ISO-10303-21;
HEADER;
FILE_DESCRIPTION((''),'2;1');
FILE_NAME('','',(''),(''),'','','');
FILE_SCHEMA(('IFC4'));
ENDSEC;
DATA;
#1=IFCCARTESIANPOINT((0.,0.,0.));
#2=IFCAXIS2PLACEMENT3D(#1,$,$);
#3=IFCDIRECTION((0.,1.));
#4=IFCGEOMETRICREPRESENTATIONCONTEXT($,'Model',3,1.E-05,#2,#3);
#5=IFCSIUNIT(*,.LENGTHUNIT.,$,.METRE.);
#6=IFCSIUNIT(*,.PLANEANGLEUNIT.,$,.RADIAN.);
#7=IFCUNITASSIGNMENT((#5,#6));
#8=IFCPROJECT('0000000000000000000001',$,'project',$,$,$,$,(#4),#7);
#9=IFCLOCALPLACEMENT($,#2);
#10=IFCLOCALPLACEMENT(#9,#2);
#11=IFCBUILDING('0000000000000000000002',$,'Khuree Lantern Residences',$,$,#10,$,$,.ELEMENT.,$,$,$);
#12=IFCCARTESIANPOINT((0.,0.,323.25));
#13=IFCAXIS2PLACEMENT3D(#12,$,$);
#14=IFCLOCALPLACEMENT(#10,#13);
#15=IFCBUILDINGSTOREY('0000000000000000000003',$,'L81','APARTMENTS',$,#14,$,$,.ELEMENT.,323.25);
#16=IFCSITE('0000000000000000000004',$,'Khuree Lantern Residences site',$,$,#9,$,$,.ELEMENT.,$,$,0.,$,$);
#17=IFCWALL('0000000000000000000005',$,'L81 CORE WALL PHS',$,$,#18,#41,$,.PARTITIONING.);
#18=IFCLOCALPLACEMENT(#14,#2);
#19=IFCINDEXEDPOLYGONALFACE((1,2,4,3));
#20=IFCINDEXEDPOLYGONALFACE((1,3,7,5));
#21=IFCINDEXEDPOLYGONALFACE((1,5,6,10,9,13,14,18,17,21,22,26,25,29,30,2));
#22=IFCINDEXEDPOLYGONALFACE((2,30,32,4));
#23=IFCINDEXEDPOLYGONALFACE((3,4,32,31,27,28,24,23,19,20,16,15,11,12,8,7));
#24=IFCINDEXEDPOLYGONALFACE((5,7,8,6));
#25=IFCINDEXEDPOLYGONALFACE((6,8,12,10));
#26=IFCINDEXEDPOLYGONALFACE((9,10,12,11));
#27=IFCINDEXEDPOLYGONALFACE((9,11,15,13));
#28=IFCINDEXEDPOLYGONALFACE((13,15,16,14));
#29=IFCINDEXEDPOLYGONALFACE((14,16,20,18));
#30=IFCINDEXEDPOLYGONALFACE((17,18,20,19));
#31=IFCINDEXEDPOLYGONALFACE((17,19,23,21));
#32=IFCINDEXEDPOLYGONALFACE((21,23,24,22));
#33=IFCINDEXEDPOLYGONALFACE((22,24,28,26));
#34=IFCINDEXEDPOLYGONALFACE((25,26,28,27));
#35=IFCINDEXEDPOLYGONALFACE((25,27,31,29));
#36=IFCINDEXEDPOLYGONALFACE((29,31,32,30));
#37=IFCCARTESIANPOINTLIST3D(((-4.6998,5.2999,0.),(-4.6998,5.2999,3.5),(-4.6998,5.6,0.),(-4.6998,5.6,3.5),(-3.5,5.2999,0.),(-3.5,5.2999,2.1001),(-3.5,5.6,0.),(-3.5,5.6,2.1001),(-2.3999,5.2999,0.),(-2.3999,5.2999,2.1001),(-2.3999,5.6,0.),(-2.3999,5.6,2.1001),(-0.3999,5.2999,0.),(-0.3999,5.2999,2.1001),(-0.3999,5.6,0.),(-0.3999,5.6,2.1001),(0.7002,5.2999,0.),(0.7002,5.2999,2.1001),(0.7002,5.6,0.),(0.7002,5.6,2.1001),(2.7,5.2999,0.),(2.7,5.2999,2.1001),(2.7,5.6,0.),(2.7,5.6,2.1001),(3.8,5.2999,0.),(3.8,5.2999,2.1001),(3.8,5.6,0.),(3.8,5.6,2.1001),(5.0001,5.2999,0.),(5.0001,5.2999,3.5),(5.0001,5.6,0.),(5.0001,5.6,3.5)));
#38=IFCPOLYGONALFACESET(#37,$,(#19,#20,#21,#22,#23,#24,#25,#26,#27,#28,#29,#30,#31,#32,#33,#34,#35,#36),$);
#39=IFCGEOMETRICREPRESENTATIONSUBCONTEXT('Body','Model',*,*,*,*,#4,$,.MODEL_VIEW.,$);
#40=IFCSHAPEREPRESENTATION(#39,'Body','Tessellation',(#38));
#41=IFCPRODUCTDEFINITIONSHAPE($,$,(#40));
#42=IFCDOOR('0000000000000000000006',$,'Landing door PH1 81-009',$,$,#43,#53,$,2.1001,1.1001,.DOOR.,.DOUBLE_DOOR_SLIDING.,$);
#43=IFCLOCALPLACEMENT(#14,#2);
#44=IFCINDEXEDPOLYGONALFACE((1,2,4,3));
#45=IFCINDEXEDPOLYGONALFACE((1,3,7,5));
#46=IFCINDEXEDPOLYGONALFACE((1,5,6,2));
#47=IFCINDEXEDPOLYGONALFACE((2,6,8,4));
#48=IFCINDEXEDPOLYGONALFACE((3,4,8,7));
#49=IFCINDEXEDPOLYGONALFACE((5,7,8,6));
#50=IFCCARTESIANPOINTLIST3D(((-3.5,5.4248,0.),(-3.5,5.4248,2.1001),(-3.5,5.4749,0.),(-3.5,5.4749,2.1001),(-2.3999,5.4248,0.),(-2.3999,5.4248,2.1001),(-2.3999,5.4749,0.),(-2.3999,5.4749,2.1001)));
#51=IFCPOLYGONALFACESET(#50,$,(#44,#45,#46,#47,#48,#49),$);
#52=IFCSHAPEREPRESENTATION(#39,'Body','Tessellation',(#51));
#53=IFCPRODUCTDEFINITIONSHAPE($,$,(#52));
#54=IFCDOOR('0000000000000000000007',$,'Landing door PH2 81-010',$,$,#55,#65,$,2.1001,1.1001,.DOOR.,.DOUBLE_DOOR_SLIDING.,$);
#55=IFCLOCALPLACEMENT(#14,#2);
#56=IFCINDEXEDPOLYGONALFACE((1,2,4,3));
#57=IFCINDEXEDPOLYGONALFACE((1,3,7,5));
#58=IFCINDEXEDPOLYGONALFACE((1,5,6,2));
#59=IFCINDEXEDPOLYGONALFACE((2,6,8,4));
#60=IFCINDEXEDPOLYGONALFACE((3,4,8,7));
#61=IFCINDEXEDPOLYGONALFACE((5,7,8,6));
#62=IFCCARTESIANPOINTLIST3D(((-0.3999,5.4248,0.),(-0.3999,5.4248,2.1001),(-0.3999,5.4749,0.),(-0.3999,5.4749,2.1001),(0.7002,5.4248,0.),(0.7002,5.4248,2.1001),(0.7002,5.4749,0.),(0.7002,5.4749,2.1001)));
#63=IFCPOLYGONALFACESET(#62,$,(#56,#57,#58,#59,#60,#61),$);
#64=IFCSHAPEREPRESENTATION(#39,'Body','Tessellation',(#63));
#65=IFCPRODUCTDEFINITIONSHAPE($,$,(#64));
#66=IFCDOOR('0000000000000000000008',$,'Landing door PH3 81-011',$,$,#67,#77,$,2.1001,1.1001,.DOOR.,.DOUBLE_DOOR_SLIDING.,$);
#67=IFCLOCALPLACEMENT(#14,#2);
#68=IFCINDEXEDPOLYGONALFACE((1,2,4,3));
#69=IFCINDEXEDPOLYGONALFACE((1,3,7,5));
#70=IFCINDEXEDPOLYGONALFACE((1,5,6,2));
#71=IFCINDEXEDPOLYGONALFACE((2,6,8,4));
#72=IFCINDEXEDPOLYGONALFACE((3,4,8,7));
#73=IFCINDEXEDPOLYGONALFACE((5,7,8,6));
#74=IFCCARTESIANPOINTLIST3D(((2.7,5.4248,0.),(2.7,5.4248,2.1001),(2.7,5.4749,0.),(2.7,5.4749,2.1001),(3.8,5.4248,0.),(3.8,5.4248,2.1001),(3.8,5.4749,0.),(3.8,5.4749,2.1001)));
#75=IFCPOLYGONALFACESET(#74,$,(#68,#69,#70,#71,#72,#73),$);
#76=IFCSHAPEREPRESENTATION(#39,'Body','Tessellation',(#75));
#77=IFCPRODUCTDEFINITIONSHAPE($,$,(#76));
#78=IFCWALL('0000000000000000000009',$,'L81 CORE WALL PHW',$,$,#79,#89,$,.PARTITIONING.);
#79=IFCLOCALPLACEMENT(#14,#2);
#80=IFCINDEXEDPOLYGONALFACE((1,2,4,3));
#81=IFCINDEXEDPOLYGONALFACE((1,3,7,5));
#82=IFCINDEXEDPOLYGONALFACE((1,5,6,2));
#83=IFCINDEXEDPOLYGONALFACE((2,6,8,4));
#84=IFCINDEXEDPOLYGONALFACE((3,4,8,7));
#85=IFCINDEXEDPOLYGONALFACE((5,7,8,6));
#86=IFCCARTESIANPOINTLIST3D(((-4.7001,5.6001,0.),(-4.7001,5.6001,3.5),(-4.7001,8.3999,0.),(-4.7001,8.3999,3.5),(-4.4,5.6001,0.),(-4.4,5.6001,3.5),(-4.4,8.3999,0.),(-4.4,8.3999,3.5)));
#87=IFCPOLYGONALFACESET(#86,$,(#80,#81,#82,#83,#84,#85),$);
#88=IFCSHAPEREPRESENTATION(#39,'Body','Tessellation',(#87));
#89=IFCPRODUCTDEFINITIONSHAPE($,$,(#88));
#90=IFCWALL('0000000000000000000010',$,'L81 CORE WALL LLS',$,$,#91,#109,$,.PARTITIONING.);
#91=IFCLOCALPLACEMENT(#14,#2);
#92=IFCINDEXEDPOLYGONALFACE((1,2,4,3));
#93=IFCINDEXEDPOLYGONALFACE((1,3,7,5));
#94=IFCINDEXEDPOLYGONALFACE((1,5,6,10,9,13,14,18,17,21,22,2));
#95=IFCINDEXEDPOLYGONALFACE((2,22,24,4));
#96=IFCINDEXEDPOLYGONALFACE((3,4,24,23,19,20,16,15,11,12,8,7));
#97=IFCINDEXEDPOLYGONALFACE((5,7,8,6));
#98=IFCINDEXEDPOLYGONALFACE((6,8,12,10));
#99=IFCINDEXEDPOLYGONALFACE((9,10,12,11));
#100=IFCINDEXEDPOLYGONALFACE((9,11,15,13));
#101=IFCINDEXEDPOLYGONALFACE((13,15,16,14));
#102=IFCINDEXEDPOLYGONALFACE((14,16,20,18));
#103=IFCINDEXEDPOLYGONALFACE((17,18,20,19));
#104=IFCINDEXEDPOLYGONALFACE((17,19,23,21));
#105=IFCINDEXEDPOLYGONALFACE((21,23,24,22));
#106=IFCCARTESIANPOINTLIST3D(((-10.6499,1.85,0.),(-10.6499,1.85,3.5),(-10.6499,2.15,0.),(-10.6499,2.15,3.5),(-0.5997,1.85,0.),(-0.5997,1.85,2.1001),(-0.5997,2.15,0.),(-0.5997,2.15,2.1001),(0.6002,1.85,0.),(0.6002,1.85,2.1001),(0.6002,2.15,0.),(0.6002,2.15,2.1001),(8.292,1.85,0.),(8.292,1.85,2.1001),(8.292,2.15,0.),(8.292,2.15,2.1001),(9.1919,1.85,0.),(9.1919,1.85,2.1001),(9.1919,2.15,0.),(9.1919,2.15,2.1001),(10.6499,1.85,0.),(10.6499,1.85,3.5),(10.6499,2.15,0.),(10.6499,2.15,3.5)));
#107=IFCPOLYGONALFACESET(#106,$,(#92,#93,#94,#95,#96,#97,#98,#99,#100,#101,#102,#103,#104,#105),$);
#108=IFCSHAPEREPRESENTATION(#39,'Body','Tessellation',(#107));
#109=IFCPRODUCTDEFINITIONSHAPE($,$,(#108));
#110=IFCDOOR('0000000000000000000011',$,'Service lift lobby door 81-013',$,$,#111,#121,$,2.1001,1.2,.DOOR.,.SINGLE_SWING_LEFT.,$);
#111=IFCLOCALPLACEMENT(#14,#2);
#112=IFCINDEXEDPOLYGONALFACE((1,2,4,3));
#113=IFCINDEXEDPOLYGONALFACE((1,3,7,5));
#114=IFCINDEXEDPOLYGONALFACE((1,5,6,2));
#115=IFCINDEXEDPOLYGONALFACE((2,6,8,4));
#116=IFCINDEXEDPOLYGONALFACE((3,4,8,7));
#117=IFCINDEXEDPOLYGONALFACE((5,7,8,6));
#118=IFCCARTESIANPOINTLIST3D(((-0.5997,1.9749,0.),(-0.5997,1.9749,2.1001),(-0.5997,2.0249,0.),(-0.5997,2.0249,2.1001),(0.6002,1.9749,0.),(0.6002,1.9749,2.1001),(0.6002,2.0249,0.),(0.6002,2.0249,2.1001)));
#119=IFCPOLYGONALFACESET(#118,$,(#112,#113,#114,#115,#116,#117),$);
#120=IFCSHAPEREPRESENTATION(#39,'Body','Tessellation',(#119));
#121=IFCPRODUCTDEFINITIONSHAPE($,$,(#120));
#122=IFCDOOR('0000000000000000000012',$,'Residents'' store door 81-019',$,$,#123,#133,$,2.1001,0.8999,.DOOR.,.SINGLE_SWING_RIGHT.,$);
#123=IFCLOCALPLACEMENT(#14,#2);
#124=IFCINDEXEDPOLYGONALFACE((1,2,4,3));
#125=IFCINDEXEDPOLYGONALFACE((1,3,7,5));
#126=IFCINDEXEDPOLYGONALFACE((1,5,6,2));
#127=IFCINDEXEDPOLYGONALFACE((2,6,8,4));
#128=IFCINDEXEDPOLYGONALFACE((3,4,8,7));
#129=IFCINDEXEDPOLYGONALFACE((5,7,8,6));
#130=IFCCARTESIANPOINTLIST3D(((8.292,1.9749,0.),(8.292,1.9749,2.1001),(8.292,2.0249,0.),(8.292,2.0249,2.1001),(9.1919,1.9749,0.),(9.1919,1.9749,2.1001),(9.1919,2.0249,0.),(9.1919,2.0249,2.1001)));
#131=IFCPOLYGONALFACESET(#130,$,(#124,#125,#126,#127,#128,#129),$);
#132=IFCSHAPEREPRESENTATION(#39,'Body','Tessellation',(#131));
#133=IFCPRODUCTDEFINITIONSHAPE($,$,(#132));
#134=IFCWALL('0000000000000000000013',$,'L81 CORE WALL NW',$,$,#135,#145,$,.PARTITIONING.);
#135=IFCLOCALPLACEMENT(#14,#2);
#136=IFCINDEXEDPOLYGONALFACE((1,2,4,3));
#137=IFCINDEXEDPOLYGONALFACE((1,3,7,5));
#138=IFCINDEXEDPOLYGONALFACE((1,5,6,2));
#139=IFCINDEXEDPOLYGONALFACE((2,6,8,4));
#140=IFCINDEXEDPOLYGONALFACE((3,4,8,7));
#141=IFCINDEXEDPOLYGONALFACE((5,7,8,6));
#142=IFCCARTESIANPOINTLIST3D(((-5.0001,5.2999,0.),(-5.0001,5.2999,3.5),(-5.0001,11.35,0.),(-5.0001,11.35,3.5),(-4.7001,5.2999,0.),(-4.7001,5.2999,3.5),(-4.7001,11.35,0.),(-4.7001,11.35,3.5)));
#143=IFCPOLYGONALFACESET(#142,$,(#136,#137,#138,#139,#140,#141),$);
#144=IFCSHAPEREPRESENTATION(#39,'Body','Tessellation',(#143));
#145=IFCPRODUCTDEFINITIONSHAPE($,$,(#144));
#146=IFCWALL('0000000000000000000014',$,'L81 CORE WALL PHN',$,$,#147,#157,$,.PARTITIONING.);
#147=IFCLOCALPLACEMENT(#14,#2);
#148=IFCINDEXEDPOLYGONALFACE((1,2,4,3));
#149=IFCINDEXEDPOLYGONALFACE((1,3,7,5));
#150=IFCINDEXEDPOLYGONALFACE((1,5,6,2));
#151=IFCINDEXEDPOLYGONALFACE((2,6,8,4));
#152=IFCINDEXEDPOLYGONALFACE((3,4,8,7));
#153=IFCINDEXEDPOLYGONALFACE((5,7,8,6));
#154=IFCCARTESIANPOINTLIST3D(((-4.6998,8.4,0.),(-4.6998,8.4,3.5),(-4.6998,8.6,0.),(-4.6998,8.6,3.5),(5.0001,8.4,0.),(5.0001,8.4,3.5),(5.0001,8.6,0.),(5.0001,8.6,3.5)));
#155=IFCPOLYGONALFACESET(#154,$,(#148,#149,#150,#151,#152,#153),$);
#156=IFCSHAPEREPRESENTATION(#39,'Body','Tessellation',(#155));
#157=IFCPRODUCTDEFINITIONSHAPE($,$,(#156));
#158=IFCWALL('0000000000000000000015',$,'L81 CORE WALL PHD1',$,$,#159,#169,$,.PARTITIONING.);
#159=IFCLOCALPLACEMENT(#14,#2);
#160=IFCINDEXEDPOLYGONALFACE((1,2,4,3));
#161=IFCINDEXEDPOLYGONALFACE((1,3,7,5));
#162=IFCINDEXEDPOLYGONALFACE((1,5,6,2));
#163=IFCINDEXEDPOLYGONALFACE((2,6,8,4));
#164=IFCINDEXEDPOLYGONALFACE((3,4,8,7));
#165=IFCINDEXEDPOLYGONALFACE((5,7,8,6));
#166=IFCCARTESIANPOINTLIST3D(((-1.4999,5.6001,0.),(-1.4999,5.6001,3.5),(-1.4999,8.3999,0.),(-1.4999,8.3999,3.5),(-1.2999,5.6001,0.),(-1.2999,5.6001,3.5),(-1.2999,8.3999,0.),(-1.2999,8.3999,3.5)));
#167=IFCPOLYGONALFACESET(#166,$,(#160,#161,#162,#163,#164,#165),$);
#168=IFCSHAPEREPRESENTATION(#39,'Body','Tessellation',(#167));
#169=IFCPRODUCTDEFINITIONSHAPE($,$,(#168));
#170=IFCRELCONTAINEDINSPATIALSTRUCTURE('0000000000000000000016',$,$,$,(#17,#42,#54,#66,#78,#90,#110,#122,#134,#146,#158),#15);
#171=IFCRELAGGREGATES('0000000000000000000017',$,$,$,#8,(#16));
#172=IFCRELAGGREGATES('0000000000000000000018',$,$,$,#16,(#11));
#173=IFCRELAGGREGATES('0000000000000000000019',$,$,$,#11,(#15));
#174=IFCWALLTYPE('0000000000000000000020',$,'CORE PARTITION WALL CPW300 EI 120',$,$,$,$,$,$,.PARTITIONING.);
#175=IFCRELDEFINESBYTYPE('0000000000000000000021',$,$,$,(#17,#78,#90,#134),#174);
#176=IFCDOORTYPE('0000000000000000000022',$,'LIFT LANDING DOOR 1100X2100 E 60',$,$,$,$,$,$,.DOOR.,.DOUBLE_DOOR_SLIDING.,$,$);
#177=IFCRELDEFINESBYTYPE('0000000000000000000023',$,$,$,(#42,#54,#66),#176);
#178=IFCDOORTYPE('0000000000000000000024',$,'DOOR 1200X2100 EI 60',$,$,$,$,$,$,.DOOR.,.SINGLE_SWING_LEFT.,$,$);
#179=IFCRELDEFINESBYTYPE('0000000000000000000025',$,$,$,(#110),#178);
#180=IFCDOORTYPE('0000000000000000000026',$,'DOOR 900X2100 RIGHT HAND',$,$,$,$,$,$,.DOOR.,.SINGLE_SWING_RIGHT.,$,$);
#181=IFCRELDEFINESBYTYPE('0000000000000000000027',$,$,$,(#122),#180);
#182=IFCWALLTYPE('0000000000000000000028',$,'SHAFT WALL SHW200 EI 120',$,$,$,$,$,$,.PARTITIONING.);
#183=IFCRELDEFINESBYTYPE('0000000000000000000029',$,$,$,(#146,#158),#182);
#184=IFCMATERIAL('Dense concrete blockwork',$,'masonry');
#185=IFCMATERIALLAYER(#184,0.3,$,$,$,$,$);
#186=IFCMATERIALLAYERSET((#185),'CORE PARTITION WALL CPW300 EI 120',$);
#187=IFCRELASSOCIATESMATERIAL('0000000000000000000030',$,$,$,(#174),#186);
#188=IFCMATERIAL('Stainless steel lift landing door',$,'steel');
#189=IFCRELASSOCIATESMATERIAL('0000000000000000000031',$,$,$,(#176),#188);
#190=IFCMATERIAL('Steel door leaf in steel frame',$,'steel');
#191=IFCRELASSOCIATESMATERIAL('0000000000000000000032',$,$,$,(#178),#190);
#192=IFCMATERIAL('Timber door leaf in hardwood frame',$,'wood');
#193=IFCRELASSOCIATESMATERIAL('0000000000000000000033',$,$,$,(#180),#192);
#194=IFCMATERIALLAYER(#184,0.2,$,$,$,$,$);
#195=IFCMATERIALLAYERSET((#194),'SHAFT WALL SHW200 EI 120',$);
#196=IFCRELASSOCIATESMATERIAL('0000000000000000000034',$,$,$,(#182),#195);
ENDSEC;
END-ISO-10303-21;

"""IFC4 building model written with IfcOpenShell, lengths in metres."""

from ifc_helpers import new_model, si_unit, direction, frame, frame_2d, origin, place, context, subcontext, project, spatial, rectangle, extrude, material, layer, layer_set, type_object, element, fill, save


model = new_model("IFC4")

# Units and contexts
model_context = context("Model", 3, precision=1e-05, world=origin(), true_north=direction((0.0, 1.0)))
body_context = subcontext(model_context, "Body", "Model", "MODEL_VIEW")
ifc_project = project(units=[si_unit("LENGTHUNIT", "METRE"), si_unit("PLANEANGLEUNIT", "RADIAN")], contexts=[model_context])

# Site, building, storey
site_placement = place(None, origin())
site = spatial("IfcSite", under=ifc_project, at=site_placement, Name="Khuree Lantern Residences site", CompositionType="ELEMENT", RefElevation=0.0)
building_placement = place(site_placement, origin())
building = spatial("IfcBuilding", under=site, at=building_placement, Name="Khuree Lantern Residences", CompositionType="ELEMENT")
storey_placement = place(building_placement, frame((0.0, 0.0, 323.25)))
storey = spatial("IfcBuildingStorey", under=building, at=storey_placement, Name="L81", Description="APARTMENTS", CompositionType="ELEMENT", Elevation=323.25)

# Wall, openings, doors
ifc_material_1 = material(Name="Dense concrete blockwork", Category="masonry")
ifc_layer_1 = layer(ifc_material_1, 0.3)
ifc_layer_set_1 = layer_set([ifc_layer_1], Name="CORE PARTITION WALL CPW300 EI 120")
wall_type_1 = type_object("IfcWallType", Name="CORE PARTITION WALL CPW300 EI 120", PredefinedType="PARTITIONING", material=ifc_layer_set_1)
wall_1_placement = place(storey_placement, frame((-4.7, 5.45, 0.0), z_axis=(0.0, 0.0, 1.0), x_axis=(1.0, 0.0, 0.0)))
wall_1 = element("IfcWall", 1, at=wall_1_placement, inside=storey, type_object=wall_type_1, Name="L81 CORE WALL PHS", PredefinedType="PARTITIONING", context=body_context, shape_type="SweptSolid", body=[
    extrude(rectangle(XDim=9.7, YDim=0.3, at=frame_2d((4.8501, 0.0))), origin(), (0.0, 0.0, 1.0), 3.5),
])
opening_1_placement = place(wall_1_placement, frame((1.2, 0.0, 0.0)))
opening_1 = element("IfcOpeningElement", 2, at=opening_1_placement, cuts=wall_1, PredefinedType="OPENING", context=body_context, shape_type="SweptSolid", body=[
    extrude(rectangle(XDim=1.1001, YDim=2.1001, at=frame_2d((0.55, 1.05))), frame((0.0, 0.1602, 0.0), z_axis=(0.0, -1.0, 0.0), x_axis=(1.0, 0.0, 0.0)), (0.0, 0.0, 1.0), 0.3201),
])
opening_2_placement = place(wall_1_placement, frame((4.3, 0.0, 0.0)))
opening_2 = element("IfcOpeningElement", 3, at=opening_2_placement, cuts=wall_1, PredefinedType="OPENING", context=body_context, shape_type="SweptSolid", body=[
    extrude(rectangle(XDim=1.1001, YDim=2.1001, at=frame_2d((0.55, 1.05))), frame((0.0, 0.1602, 0.0), z_axis=(0.0, -1.0, 0.0), x_axis=(1.0, 0.0, 0.0)), (0.0, 0.0, 1.0), 0.3201),
])
opening_3_placement = place(wall_1_placement, frame((7.3999, 0.0, 0.0)))
opening_3 = element("IfcOpeningElement", 4, at=opening_3_placement, cuts=wall_1, PredefinedType="OPENING", context=body_context, shape_type="SweptSolid", body=[
    extrude(rectangle(XDim=1.1001, YDim=2.1001, at=frame_2d((0.55, 1.05))), frame((0.0, 0.1602, 0.0), z_axis=(0.0, -1.0, 0.0), x_axis=(1.0, 0.0, 0.0)), (0.0, 0.0, 1.0), 0.3201),
])
ifc_material_2 = material(Name="Stainless steel lift landing door", Category="steel")
door_type_1 = type_object("IfcDoorType", Name="LIFT LANDING DOOR 1100X2100 E 60", OperationType="DOUBLE_DOOR_SLIDING", PredefinedType="DOOR", material=ifc_material_2)
door_1_placement = place(opening_1_placement, origin())
door_1 = element("IfcDoor", 5, at=door_1_placement, inside=storey, type_object=door_type_1, Name="Landing door PH1 81-009", OperationType="DOUBLE_DOOR_SLIDING", OverallHeight=2.1001, OverallWidth=1.1001, PredefinedType="DOOR", context=body_context, shape_type="SweptSolid", body=[
    extrude(rectangle(XDim=1.1001, YDim=2.1001, at=frame_2d((0.55, 1.05))), frame((0.0, 0.0249, 0.0), z_axis=(0.0, -1.0, 0.0), x_axis=(1.0, 0.0, 0.0)), (0.0, 0.0, 1.0), 0.05),
])
fill(opening_1, door_1)
door_2_placement = place(opening_2_placement, origin())
door_2 = element("IfcDoor", 6, at=door_2_placement, inside=storey, type_object=door_type_1, Name="Landing door PH2 81-010", OperationType="DOUBLE_DOOR_SLIDING", OverallHeight=2.1001, OverallWidth=1.1001, PredefinedType="DOOR", context=body_context, shape_type="SweptSolid", body=[
    extrude(rectangle(XDim=1.1001, YDim=2.1001, at=frame_2d((0.55, 1.05))), frame((0.0, 0.0249, 0.0), z_axis=(0.0, -1.0, 0.0), x_axis=(1.0, 0.0, 0.0)), (0.0, 0.0, 1.0), 0.05),
])
fill(opening_2, door_2)
door_3_placement = place(opening_3_placement, origin())
door_3 = element("IfcDoor", 7, at=door_3_placement, inside=storey, type_object=door_type_1, Name="Landing door PH3 81-011", OperationType="DOUBLE_DOOR_SLIDING", OverallHeight=2.1001, OverallWidth=1.1001, PredefinedType="DOOR", context=body_context, shape_type="SweptSolid", body=[
    extrude(rectangle(XDim=1.1001, YDim=2.1001, at=frame_2d((0.55, 1.05))), frame((0.0, 0.0249, 0.0), z_axis=(0.0, -1.0, 0.0), x_axis=(1.0, 0.0, 0.0)), (0.0, 0.0, 1.0), 0.05),
])
fill(opening_3, door_3)

# Wall
wall_2_placement = place(storey_placement, frame((-4.55, 5.6001, 0.0), z_axis=(0.0, 0.0, 1.0), x_axis=(0.0, 1.0, 0.0)))
element("IfcWall", 8, at=wall_2_placement, inside=storey, type_object=wall_type_1, Name="L81 CORE WALL PHW", PredefinedType="PARTITIONING", context=body_context, shape_type="SweptSolid", body=[
    extrude(rectangle(XDim=2.7998, YDim=0.3, at=frame_2d((1.3999, 0.0))), origin(), (0.0, 0.0, 1.0), 3.5),
])

# Wall, openings, doors
wall_3_placement = place(storey_placement, frame((-10.6499, 2.0, 0.0), z_axis=(0.0, 0.0, 1.0), x_axis=(1.0, 0.0, 0.0)))
wall_3 = element("IfcWall", 9, at=wall_3_placement, inside=storey, type_object=wall_type_1, Name="L81 CORE WALL LLS", PredefinedType="PARTITIONING", context=body_context, shape_type="SweptSolid", body=[
    extrude(rectangle(XDim=21.2998, YDim=0.3, at=frame_2d((10.6499, 0.0))), origin(), (0.0, 0.0, 1.0), 3.5),
])
opening_4_placement = place(wall_3_placement, frame((10.05, 0.0, 0.0)))
opening_4 = element("IfcOpeningElement", 10, at=opening_4_placement, cuts=wall_3, PredefinedType="OPENING", context=body_context, shape_type="SweptSolid", body=[
    extrude(rectangle(XDim=1.2, YDim=2.1001, at=frame_2d((0.6001, 1.05))), frame((0.0, 0.1602, 0.0), z_axis=(0.0, -1.0, 0.0), x_axis=(1.0, 0.0, 0.0)), (0.0, 0.0, 1.0), 0.3201),
])
opening_5_placement = place(wall_3_placement, frame((18.9419, 0.0, 0.0)))
opening_5 = element("IfcOpeningElement", 11, at=opening_5_placement, cuts=wall_3, PredefinedType="OPENING", context=body_context, shape_type="SweptSolid", body=[
    extrude(rectangle(XDim=0.8999, YDim=2.1001, at=frame_2d((0.45, 1.05))), frame((0.0, 0.1602, 0.0), z_axis=(0.0, -1.0, 0.0), x_axis=(1.0, 0.0, 0.0)), (0.0, 0.0, 1.0), 0.3201),
])
ifc_material_3 = material(Name="Steel door leaf in steel frame", Category="steel")
door_type_2 = type_object("IfcDoorType", Name="DOOR 1200X2100 EI 60", OperationType="SINGLE_SWING_LEFT", PredefinedType="DOOR", material=ifc_material_3)
door_4_placement = place(opening_4_placement, origin())
door_4 = element("IfcDoor", 12, at=door_4_placement, inside=storey, type_object=door_type_2, Name="Service lift lobby door 81-013", OperationType="SINGLE_SWING_LEFT", OverallHeight=2.1001, OverallWidth=1.2, PredefinedType="DOOR", context=body_context, shape_type="SweptSolid", body=[
    extrude(rectangle(XDim=1.2, YDim=2.1001, at=frame_2d((0.6001, 1.05))), frame((0.0, 0.0249, 0.0), z_axis=(0.0, -1.0, 0.0), x_axis=(1.0, 0.0, 0.0)), (0.0, 0.0, 1.0), 0.05),
])
fill(opening_4, door_4)
ifc_material_4 = material(Name="Timber door leaf in hardwood frame", Category="wood")
door_type_3 = type_object("IfcDoorType", Name="DOOR 900X2100 RIGHT HAND", OperationType="SINGLE_SWING_RIGHT", PredefinedType="DOOR", material=ifc_material_4)
door_5_placement = place(opening_5_placement, origin())
door_5 = element("IfcDoor", 13, at=door_5_placement, inside=storey, type_object=door_type_3, Name="Residents' store door 81-019", OperationType="SINGLE_SWING_RIGHT", OverallHeight=2.1001, OverallWidth=0.8999, PredefinedType="DOOR", context=body_context, shape_type="SweptSolid", body=[
    extrude(rectangle(XDim=0.8999, YDim=2.1001, at=frame_2d((0.45, 1.05))), frame((0.0, 0.0249, 0.0), z_axis=(0.0, -1.0, 0.0), x_axis=(1.0, 0.0, 0.0)), (0.0, 0.0, 1.0), 0.05),
])
fill(opening_5, door_5)

# Walls
wall_4_placement = place(storey_placement, frame((-4.8501, 5.3, 0.0), z_axis=(0.0, 0.0, 1.0), x_axis=(0.0, 1.0, 0.0)))
element("IfcWall", 14, at=wall_4_placement, inside=storey, type_object=wall_type_1, Name="L81 CORE WALL NW", PredefinedType="PARTITIONING", context=body_context, shape_type="SweptSolid", body=[
    extrude(rectangle(XDim=6.05, YDim=0.3, at=frame_2d((3.0249, 0.0))), origin(), (0.0, 0.0, 1.0), 3.5),
])
ifc_layer_2 = layer(ifc_material_1, 0.2)
ifc_layer_set_2 = layer_set([ifc_layer_2], Name="SHAFT WALL SHW200 EI 120")
wall_type_2 = type_object("IfcWallType", Name="SHAFT WALL SHW200 EI 120", PredefinedType="PARTITIONING", material=ifc_layer_set_2)
wall_5_placement = place(storey_placement, frame((-4.7, 8.5, 0.0), z_axis=(0.0, 0.0, 1.0), x_axis=(1.0, 0.0, 0.0)))
element("IfcWall", 15, at=wall_5_placement, inside=storey, type_object=wall_type_2, Name="L81 CORE WALL PHN", PredefinedType="PARTITIONING", context=body_context, shape_type="SweptSolid", body=[
    extrude(rectangle(XDim=9.7, YDim=0.2, at=frame_2d((4.8501, 0.0))), origin(), (0.0, 0.0, 1.0), 3.5),
])
wall_6_placement = place(storey_placement, frame((-1.3999, 5.6001, 0.0), z_axis=(0.0, 0.0, 1.0), x_axis=(0.0, 1.0, 0.0)))
element("IfcWall", 16, at=wall_6_placement, inside=storey, type_object=wall_type_2, Name="L81 CORE WALL PHD1", PredefinedType="PARTITIONING", context=body_context, shape_type="SweptSolid", body=[
    extrude(rectangle(XDim=2.7998, YDim=0.2, at=frame_2d((1.3999, 0.0))), origin(), (0.0, 0.0, 1.0), 3.5),
])

save(model, "model.ifc")
